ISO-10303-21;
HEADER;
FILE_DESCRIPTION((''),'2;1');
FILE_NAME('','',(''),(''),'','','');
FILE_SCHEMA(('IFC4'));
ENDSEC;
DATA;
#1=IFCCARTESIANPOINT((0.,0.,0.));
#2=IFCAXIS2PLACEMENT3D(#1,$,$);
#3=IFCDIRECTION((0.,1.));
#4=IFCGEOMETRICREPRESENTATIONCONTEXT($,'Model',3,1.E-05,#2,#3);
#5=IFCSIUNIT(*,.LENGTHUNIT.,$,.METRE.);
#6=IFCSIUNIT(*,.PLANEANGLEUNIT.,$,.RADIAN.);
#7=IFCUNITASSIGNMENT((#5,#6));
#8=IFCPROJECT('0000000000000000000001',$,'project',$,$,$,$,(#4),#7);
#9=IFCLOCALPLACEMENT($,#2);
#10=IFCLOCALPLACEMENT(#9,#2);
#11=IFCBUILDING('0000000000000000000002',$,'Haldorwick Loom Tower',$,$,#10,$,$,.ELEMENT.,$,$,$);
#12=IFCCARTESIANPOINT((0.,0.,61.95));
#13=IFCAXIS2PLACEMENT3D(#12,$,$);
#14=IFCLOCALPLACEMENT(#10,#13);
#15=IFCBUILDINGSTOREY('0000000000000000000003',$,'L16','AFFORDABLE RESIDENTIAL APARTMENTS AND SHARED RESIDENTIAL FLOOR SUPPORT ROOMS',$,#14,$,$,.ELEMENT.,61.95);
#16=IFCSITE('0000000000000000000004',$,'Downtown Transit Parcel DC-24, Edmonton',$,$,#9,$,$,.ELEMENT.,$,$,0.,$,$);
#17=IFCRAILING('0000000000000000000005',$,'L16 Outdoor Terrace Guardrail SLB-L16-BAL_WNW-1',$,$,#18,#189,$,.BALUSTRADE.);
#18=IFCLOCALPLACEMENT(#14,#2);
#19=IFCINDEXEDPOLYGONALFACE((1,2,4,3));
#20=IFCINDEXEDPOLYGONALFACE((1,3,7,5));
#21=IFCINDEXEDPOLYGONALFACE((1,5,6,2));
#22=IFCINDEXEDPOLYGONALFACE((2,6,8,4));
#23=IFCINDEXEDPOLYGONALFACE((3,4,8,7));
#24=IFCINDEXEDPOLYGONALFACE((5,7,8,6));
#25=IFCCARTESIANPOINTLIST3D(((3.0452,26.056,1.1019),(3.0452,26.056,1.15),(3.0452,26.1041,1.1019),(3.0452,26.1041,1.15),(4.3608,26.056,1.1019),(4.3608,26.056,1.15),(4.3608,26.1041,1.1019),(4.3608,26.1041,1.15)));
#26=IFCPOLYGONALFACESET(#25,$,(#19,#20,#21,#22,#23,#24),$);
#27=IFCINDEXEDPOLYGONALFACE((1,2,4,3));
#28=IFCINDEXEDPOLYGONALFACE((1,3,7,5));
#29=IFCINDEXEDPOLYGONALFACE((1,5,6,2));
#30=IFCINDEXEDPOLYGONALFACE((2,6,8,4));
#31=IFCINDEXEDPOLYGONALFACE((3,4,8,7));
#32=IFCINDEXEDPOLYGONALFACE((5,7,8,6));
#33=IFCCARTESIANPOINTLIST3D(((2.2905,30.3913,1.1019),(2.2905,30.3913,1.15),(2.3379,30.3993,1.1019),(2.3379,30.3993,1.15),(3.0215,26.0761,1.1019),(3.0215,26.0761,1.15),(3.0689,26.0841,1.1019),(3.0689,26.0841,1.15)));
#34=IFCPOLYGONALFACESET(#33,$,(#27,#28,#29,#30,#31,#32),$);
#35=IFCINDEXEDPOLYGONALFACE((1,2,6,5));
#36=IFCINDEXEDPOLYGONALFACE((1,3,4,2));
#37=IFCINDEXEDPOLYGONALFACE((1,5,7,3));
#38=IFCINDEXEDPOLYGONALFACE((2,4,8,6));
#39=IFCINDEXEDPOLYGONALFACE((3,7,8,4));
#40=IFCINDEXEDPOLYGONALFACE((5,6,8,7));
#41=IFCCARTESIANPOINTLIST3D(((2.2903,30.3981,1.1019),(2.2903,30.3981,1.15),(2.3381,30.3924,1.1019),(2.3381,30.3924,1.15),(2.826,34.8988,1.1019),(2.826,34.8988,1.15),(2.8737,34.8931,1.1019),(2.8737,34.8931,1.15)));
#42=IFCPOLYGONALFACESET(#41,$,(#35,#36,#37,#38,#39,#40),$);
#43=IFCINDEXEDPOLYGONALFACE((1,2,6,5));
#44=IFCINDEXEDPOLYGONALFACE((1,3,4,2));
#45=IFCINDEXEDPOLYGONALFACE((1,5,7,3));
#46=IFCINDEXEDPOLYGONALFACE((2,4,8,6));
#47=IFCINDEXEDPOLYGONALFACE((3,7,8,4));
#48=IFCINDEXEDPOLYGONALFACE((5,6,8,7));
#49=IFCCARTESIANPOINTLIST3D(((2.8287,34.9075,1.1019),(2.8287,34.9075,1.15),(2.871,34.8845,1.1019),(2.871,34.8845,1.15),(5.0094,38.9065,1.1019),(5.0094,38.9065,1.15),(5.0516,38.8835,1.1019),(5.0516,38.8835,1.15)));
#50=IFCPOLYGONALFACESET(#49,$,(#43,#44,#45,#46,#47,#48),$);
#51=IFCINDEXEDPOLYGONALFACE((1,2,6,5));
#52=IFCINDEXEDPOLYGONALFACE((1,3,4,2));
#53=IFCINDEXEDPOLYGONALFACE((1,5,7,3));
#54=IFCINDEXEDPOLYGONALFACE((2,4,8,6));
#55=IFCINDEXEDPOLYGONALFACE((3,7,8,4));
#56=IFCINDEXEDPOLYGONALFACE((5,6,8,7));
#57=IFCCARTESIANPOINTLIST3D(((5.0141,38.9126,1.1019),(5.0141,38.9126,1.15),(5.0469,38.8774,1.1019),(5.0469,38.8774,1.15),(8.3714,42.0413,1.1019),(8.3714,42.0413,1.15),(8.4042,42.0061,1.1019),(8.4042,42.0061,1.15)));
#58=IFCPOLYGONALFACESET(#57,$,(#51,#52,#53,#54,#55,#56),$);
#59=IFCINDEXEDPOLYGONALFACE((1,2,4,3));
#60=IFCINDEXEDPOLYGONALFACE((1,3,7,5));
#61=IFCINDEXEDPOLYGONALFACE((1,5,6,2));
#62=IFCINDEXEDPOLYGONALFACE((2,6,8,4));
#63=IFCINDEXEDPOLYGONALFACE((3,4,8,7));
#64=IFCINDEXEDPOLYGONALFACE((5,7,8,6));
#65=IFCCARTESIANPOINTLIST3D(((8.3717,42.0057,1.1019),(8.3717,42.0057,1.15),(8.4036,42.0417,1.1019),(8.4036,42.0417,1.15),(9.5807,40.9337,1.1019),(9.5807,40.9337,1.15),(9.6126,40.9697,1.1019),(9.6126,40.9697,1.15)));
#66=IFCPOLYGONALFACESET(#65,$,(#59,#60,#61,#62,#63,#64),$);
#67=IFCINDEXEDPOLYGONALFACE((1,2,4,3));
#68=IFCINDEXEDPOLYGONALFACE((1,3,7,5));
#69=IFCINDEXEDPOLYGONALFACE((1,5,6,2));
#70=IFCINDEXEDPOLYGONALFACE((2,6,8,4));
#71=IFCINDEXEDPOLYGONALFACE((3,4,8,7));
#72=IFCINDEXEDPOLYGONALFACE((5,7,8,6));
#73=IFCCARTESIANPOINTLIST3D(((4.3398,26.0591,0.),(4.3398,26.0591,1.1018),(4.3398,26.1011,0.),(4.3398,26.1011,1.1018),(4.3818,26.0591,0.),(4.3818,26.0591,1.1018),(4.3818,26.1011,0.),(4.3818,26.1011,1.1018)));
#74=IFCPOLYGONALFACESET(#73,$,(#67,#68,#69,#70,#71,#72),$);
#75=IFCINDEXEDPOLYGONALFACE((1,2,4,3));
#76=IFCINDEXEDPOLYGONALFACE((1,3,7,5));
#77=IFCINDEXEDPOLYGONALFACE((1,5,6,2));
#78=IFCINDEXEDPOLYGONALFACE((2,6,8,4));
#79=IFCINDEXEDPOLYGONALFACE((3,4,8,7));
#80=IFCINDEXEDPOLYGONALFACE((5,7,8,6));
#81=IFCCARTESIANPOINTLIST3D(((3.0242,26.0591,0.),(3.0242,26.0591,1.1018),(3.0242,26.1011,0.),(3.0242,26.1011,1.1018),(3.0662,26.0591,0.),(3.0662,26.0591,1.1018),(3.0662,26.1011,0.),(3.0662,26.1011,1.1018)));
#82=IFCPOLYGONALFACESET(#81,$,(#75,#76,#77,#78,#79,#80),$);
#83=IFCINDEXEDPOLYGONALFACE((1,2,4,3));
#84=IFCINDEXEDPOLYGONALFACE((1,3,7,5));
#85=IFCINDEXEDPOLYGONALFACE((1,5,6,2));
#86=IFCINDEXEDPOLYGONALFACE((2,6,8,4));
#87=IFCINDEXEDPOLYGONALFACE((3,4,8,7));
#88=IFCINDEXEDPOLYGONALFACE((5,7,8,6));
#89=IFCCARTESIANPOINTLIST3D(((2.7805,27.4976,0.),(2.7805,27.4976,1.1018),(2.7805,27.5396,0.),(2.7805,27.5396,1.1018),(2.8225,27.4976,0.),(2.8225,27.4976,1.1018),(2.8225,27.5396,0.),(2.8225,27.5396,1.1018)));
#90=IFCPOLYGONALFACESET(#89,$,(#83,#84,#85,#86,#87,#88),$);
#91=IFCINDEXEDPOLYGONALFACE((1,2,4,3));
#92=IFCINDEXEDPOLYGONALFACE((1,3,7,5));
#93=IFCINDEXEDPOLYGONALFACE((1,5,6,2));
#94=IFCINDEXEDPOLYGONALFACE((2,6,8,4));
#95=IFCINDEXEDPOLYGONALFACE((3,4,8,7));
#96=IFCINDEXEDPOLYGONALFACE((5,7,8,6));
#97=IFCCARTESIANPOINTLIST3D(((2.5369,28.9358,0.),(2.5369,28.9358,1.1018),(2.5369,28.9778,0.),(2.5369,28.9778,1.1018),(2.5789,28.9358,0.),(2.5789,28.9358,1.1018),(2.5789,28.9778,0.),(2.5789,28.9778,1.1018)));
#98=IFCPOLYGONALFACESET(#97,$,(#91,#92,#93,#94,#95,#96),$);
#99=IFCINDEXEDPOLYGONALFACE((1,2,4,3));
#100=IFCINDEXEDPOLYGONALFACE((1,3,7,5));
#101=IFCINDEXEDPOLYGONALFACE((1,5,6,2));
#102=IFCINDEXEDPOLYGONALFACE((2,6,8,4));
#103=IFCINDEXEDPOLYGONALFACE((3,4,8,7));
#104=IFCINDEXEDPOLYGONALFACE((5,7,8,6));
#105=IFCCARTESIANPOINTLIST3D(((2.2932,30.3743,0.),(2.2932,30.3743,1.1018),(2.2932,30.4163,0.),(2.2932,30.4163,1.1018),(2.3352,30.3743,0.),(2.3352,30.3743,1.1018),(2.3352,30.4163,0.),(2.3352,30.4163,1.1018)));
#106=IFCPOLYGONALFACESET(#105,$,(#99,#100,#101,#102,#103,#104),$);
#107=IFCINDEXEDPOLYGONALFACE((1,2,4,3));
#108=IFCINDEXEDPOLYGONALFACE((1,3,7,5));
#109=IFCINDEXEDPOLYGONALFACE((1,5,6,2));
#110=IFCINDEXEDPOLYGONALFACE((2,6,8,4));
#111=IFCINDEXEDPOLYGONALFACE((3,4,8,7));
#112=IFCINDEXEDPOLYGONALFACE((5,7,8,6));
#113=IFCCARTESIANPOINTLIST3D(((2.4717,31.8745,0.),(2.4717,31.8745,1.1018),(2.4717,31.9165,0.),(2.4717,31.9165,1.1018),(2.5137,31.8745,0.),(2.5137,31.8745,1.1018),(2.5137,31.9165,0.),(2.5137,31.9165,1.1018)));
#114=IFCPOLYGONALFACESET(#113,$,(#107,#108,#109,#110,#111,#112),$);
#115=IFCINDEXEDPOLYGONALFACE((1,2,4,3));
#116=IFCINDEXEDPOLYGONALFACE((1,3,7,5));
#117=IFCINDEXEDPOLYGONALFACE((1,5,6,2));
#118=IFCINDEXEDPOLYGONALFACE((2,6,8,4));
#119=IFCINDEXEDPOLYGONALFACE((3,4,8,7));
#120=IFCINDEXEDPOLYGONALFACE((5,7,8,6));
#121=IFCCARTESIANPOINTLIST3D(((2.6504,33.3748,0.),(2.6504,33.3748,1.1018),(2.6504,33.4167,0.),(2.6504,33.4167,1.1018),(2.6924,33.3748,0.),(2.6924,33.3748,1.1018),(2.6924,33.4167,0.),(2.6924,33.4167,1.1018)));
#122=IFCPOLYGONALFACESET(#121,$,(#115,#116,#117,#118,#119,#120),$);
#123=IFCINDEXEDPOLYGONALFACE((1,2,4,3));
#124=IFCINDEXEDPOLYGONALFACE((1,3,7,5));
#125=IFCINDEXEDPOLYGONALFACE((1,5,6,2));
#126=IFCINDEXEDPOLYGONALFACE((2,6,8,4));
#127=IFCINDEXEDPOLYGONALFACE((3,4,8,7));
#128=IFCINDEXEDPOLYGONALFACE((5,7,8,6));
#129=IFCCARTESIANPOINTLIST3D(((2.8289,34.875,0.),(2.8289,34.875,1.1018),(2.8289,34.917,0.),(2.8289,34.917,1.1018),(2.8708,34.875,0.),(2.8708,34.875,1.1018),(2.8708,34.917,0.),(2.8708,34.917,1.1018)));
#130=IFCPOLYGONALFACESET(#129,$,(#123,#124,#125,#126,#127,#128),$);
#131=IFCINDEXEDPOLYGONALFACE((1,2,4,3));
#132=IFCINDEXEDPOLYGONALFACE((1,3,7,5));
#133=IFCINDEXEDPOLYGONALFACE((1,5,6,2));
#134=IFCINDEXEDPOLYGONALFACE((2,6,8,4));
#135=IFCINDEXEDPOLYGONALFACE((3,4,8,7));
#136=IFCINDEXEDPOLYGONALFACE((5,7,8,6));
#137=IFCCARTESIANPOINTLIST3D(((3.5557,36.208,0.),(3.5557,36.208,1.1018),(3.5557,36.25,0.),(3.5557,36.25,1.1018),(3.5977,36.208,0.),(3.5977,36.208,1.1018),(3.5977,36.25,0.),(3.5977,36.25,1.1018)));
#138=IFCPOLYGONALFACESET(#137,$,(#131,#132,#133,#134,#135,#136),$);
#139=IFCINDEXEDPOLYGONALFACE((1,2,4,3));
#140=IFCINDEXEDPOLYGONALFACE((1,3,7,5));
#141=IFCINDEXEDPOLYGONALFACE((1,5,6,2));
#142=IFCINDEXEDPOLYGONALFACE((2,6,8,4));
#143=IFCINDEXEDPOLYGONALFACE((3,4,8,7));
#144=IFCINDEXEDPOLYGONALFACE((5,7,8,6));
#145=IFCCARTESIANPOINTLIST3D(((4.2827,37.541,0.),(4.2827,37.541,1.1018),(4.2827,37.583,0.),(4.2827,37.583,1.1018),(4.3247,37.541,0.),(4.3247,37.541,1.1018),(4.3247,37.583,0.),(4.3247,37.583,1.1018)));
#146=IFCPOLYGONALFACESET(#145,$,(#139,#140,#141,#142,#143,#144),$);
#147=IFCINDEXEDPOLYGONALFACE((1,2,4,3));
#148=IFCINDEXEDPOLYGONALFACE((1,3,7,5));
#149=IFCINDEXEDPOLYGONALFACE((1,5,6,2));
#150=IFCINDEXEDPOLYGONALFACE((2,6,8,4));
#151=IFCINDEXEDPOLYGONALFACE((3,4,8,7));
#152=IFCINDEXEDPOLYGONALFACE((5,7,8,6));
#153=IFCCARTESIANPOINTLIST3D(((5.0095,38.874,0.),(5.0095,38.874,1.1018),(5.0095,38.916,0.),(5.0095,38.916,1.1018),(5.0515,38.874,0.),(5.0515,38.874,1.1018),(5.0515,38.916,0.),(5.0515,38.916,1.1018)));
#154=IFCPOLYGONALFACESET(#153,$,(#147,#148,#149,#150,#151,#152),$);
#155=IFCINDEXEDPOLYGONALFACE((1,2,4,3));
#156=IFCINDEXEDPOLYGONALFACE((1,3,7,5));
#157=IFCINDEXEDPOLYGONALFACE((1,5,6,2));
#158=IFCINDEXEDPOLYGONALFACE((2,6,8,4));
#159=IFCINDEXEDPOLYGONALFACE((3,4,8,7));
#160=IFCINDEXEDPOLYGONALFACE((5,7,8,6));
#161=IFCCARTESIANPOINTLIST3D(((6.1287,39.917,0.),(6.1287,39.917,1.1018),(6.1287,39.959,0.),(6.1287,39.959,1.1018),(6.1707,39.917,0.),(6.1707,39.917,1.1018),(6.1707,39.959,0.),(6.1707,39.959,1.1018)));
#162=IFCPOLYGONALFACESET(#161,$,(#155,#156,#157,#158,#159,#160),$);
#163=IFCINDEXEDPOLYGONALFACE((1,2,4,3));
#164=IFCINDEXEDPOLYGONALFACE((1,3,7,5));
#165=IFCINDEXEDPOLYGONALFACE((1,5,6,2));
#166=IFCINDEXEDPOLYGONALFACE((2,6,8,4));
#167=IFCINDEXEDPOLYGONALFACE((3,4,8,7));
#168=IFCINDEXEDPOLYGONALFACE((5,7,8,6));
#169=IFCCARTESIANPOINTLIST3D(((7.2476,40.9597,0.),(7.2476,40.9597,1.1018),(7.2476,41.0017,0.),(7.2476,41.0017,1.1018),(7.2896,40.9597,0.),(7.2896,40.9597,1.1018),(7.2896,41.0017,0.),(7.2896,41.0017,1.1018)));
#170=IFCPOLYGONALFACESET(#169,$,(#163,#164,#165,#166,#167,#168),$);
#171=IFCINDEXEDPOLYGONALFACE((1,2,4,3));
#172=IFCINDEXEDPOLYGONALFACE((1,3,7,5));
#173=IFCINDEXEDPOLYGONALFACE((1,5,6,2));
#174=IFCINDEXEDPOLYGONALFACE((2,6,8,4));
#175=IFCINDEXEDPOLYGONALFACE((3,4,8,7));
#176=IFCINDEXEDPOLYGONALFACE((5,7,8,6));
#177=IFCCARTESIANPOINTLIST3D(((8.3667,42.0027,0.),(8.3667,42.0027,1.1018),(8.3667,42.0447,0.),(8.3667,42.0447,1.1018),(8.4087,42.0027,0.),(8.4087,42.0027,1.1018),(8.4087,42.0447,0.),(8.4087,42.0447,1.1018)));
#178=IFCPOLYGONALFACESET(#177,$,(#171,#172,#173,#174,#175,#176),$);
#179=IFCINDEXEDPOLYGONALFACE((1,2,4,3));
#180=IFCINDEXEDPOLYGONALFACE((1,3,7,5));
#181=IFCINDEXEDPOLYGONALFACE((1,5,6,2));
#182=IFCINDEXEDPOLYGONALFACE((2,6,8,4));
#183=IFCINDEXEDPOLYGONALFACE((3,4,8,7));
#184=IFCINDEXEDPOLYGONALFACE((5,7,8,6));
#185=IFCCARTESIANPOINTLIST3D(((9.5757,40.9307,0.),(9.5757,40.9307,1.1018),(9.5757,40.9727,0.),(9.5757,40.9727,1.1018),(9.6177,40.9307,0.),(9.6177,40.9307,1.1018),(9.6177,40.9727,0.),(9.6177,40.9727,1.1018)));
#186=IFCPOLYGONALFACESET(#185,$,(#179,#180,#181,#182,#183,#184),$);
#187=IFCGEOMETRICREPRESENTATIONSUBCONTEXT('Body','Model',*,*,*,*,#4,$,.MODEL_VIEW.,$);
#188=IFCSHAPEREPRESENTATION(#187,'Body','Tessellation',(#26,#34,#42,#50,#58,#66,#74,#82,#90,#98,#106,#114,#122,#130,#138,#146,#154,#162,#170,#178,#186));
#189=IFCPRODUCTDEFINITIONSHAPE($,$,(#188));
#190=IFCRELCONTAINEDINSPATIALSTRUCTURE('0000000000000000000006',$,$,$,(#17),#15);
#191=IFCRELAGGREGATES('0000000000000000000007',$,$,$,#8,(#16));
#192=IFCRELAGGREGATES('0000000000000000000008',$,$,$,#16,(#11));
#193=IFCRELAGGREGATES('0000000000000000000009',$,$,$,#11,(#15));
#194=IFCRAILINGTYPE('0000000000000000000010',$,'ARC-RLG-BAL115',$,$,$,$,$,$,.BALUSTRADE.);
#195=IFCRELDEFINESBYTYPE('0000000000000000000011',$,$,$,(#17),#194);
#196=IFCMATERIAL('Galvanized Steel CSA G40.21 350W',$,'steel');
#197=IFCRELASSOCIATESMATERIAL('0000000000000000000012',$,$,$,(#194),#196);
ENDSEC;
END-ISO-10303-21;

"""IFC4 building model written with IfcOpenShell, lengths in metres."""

from ifc_helpers import new_model, si_unit, direction, frame, origin, origin_2d, place, context, subcontext, project, spatial, rectangle, extrude, material, type_object, element, save


model = new_model("IFC4")

# Units and contexts
model_context = context("Model", 3, precision=1e-05, world=origin(), true_north=direction((0.0, 1.0)))
body_context = subcontext(model_context, "Body", "Model", "MODEL_VIEW")
ifc_project = project(units=[si_unit("LENGTHUNIT", "METRE"), si_unit("PLANEANGLEUNIT", "RADIAN")], contexts=[model_context])

# Site, building, storey
site_placement = place(None, origin())
site = spatial("IfcSite", under=ifc_project, at=site_placement, Name="Downtown Transit Parcel DC-24, Edmonton", CompositionType="ELEMENT", RefElevation=0.0)
building_placement = place(site_placement, origin())
building = spatial("IfcBuilding", under=site, at=building_placement, Name="Haldorwick Loom Tower", CompositionType="ELEMENT")
storey_placement = place(building_placement, frame((0.0, 0.0, 61.95)))
storey = spatial("IfcBuildingStorey", under=building, at=storey_placement, Name="L16", Description="AFFORDABLE RESIDENTIAL APARTMENTS AND SHARED RESIDENTIAL FLOOR SUPPORT ROOMS", CompositionType="ELEMENT", Elevation=61.95)

# Railing
ifc_material_1 = material(Name="Galvanized Steel CSA G40.21 350W", Category="steel")
railing_type = type_object("IfcRailingType", Name="ARC-RLG-BAL115", PredefinedType="BALUSTRADE", material=ifc_material_1)
railing_placement = place(storey_placement, frame((4.3608, 26.0801, 0.0)))
element("IfcRailing", 1, at=railing_placement, inside=storey, type_object=railing_type, Name="L16 Outdoor Terrace Guardrail SLB-L16-BAL_WNW-1", PredefinedType="BALUSTRADE", context=body_context, shape_type="SweptSolid", body=[
    extrude(rectangle(XDim=0.0481, YDim=0.0481, at=origin_2d()), frame((0.0, 0.0, 1.126), z_axis=(-1.0, 0.0, 0.0), x_axis=(0.0, -1.0, 0.0)), (0.0, 0.0, 1.0), 1.3157),
    extrude(rectangle(XDim=0.0481, YDim=0.0481, at=origin_2d()), frame((-1.3157, 0.0, 1.126), z_axis=(-0.167013, 0.985955, 0.0), x_axis=(-0.985955, -0.167013, 0.0)), (0.0, 0.0, 1.0), 4.3767),
    extrude(rectangle(XDim=0.0481, YDim=0.0481, at=origin_2d()), frame((-2.0466, 4.3152, 1.126), z_axis=(0.118179, 0.992992, 0.0), x_axis=(-0.992992, 0.118179, 0.0)), (0.0, 0.0, 1.0), 4.5325),
    extrude(rectangle(XDim=0.0481, YDim=0.0481, at=origin_2d()), frame((-1.511, 8.8159, 1.126), z_axis=(0.478747, 0.877953, 0.0), x_axis=(-0.877953, 0.478747, 0.0)), (0.0, 0.0, 1.0), 4.5549),
    extrude(rectangle(XDim=0.0481, YDim=0.0481, at=origin_2d()), frame((0.6697, 12.8149, 1.126), z_axis=(0.731566, 0.68177, 0.0), x_axis=(-0.68177, 0.731566, 0.0)), (0.0, 0.0, 1.0), 4.5891),
    extrude(rectangle(XDim=0.0481, YDim=0.0481, at=origin_2d()), frame((4.0269, 15.9436, 1.126), z_axis=(0.748217, -0.663454, 0.0), x_axis=(0.663454, 0.748217, 0.0)), (0.0, 0.0, 1.0), 1.6157),
    extrude(rectangle(XDim=0.042, YDim=0.042, at=origin_2d()), origin(), (0.0, 0.0, 1.0), 1.1018),
    extrude(rectangle(XDim=0.042, YDim=0.042, at=origin_2d()), frame((-1.3157, 0.0, 0.0)), (0.0, 0.0, 1.0), 1.1018),
    extrude(rectangle(XDim=0.042, YDim=0.042, at=origin_2d()), frame((-1.5593, 1.4385, 0.0)), (0.0, 0.0, 1.0), 1.1018),
    extrude(rectangle(XDim=0.042, YDim=0.042, at=origin_2d()), frame((-1.803, 2.8767, 0.0)), (0.0, 0.0, 1.0), 1.1018),
    extrude(rectangle(XDim=0.042, YDim=0.042, at=origin_2d()), frame((-2.0466, 4.3152, 0.0)), (0.0, 0.0, 1.0), 1.1018),
    extrude(rectangle(XDim=0.042, YDim=0.042, at=origin_2d()), frame((-1.8682, 5.8154, 0.0)), (0.0, 0.0, 1.0), 1.1018),
    extrude(rectangle(XDim=0.042, YDim=0.042, at=origin_2d()), frame((-1.6895, 7.3157, 0.0)), (0.0, 0.0, 1.0), 1.1018),
    extrude(rectangle(XDim=0.042, YDim=0.042, at=origin_2d()), frame((-1.511, 8.8159, 0.0)), (0.0, 0.0, 1.0), 1.1018),
    extrude(rectangle(XDim=0.042, YDim=0.042, at=origin_2d()), frame((-0.7842, 10.1489, 0.0)), (0.0, 0.0, 1.0), 1.1018),
    extrude(rectangle(XDim=0.042, YDim=0.042, at=origin_2d()), frame((-0.0571, 11.4819, 0.0)), (0.0, 0.0, 1.0), 1.1018),
    extrude(rectangle(XDim=0.042, YDim=0.042, at=origin_2d()), frame((0.6697, 12.8149, 0.0)), (0.0, 0.0, 1.0), 1.1018),
    extrude(rectangle(XDim=0.042, YDim=0.042, at=origin_2d()), frame((1.7888, 13.8579, 0.0)), (0.0, 0.0, 1.0), 1.1018),
    extrude(rectangle(XDim=0.042, YDim=0.042, at=origin_2d()), frame((2.9077, 14.9006, 0.0)), (0.0, 0.0, 1.0), 1.1018),
    extrude(rectangle(XDim=0.042, YDim=0.042, at=origin_2d()), frame((4.0269, 15.9436, 0.0)), (0.0, 0.0, 1.0), 1.1018),
    extrude(rectangle(XDim=0.042, YDim=0.042, at=origin_2d()), frame((5.2358, 14.8716, 0.0)), (0.0, 0.0, 1.0), 1.1018),
])

save(model, "model.ifc")
